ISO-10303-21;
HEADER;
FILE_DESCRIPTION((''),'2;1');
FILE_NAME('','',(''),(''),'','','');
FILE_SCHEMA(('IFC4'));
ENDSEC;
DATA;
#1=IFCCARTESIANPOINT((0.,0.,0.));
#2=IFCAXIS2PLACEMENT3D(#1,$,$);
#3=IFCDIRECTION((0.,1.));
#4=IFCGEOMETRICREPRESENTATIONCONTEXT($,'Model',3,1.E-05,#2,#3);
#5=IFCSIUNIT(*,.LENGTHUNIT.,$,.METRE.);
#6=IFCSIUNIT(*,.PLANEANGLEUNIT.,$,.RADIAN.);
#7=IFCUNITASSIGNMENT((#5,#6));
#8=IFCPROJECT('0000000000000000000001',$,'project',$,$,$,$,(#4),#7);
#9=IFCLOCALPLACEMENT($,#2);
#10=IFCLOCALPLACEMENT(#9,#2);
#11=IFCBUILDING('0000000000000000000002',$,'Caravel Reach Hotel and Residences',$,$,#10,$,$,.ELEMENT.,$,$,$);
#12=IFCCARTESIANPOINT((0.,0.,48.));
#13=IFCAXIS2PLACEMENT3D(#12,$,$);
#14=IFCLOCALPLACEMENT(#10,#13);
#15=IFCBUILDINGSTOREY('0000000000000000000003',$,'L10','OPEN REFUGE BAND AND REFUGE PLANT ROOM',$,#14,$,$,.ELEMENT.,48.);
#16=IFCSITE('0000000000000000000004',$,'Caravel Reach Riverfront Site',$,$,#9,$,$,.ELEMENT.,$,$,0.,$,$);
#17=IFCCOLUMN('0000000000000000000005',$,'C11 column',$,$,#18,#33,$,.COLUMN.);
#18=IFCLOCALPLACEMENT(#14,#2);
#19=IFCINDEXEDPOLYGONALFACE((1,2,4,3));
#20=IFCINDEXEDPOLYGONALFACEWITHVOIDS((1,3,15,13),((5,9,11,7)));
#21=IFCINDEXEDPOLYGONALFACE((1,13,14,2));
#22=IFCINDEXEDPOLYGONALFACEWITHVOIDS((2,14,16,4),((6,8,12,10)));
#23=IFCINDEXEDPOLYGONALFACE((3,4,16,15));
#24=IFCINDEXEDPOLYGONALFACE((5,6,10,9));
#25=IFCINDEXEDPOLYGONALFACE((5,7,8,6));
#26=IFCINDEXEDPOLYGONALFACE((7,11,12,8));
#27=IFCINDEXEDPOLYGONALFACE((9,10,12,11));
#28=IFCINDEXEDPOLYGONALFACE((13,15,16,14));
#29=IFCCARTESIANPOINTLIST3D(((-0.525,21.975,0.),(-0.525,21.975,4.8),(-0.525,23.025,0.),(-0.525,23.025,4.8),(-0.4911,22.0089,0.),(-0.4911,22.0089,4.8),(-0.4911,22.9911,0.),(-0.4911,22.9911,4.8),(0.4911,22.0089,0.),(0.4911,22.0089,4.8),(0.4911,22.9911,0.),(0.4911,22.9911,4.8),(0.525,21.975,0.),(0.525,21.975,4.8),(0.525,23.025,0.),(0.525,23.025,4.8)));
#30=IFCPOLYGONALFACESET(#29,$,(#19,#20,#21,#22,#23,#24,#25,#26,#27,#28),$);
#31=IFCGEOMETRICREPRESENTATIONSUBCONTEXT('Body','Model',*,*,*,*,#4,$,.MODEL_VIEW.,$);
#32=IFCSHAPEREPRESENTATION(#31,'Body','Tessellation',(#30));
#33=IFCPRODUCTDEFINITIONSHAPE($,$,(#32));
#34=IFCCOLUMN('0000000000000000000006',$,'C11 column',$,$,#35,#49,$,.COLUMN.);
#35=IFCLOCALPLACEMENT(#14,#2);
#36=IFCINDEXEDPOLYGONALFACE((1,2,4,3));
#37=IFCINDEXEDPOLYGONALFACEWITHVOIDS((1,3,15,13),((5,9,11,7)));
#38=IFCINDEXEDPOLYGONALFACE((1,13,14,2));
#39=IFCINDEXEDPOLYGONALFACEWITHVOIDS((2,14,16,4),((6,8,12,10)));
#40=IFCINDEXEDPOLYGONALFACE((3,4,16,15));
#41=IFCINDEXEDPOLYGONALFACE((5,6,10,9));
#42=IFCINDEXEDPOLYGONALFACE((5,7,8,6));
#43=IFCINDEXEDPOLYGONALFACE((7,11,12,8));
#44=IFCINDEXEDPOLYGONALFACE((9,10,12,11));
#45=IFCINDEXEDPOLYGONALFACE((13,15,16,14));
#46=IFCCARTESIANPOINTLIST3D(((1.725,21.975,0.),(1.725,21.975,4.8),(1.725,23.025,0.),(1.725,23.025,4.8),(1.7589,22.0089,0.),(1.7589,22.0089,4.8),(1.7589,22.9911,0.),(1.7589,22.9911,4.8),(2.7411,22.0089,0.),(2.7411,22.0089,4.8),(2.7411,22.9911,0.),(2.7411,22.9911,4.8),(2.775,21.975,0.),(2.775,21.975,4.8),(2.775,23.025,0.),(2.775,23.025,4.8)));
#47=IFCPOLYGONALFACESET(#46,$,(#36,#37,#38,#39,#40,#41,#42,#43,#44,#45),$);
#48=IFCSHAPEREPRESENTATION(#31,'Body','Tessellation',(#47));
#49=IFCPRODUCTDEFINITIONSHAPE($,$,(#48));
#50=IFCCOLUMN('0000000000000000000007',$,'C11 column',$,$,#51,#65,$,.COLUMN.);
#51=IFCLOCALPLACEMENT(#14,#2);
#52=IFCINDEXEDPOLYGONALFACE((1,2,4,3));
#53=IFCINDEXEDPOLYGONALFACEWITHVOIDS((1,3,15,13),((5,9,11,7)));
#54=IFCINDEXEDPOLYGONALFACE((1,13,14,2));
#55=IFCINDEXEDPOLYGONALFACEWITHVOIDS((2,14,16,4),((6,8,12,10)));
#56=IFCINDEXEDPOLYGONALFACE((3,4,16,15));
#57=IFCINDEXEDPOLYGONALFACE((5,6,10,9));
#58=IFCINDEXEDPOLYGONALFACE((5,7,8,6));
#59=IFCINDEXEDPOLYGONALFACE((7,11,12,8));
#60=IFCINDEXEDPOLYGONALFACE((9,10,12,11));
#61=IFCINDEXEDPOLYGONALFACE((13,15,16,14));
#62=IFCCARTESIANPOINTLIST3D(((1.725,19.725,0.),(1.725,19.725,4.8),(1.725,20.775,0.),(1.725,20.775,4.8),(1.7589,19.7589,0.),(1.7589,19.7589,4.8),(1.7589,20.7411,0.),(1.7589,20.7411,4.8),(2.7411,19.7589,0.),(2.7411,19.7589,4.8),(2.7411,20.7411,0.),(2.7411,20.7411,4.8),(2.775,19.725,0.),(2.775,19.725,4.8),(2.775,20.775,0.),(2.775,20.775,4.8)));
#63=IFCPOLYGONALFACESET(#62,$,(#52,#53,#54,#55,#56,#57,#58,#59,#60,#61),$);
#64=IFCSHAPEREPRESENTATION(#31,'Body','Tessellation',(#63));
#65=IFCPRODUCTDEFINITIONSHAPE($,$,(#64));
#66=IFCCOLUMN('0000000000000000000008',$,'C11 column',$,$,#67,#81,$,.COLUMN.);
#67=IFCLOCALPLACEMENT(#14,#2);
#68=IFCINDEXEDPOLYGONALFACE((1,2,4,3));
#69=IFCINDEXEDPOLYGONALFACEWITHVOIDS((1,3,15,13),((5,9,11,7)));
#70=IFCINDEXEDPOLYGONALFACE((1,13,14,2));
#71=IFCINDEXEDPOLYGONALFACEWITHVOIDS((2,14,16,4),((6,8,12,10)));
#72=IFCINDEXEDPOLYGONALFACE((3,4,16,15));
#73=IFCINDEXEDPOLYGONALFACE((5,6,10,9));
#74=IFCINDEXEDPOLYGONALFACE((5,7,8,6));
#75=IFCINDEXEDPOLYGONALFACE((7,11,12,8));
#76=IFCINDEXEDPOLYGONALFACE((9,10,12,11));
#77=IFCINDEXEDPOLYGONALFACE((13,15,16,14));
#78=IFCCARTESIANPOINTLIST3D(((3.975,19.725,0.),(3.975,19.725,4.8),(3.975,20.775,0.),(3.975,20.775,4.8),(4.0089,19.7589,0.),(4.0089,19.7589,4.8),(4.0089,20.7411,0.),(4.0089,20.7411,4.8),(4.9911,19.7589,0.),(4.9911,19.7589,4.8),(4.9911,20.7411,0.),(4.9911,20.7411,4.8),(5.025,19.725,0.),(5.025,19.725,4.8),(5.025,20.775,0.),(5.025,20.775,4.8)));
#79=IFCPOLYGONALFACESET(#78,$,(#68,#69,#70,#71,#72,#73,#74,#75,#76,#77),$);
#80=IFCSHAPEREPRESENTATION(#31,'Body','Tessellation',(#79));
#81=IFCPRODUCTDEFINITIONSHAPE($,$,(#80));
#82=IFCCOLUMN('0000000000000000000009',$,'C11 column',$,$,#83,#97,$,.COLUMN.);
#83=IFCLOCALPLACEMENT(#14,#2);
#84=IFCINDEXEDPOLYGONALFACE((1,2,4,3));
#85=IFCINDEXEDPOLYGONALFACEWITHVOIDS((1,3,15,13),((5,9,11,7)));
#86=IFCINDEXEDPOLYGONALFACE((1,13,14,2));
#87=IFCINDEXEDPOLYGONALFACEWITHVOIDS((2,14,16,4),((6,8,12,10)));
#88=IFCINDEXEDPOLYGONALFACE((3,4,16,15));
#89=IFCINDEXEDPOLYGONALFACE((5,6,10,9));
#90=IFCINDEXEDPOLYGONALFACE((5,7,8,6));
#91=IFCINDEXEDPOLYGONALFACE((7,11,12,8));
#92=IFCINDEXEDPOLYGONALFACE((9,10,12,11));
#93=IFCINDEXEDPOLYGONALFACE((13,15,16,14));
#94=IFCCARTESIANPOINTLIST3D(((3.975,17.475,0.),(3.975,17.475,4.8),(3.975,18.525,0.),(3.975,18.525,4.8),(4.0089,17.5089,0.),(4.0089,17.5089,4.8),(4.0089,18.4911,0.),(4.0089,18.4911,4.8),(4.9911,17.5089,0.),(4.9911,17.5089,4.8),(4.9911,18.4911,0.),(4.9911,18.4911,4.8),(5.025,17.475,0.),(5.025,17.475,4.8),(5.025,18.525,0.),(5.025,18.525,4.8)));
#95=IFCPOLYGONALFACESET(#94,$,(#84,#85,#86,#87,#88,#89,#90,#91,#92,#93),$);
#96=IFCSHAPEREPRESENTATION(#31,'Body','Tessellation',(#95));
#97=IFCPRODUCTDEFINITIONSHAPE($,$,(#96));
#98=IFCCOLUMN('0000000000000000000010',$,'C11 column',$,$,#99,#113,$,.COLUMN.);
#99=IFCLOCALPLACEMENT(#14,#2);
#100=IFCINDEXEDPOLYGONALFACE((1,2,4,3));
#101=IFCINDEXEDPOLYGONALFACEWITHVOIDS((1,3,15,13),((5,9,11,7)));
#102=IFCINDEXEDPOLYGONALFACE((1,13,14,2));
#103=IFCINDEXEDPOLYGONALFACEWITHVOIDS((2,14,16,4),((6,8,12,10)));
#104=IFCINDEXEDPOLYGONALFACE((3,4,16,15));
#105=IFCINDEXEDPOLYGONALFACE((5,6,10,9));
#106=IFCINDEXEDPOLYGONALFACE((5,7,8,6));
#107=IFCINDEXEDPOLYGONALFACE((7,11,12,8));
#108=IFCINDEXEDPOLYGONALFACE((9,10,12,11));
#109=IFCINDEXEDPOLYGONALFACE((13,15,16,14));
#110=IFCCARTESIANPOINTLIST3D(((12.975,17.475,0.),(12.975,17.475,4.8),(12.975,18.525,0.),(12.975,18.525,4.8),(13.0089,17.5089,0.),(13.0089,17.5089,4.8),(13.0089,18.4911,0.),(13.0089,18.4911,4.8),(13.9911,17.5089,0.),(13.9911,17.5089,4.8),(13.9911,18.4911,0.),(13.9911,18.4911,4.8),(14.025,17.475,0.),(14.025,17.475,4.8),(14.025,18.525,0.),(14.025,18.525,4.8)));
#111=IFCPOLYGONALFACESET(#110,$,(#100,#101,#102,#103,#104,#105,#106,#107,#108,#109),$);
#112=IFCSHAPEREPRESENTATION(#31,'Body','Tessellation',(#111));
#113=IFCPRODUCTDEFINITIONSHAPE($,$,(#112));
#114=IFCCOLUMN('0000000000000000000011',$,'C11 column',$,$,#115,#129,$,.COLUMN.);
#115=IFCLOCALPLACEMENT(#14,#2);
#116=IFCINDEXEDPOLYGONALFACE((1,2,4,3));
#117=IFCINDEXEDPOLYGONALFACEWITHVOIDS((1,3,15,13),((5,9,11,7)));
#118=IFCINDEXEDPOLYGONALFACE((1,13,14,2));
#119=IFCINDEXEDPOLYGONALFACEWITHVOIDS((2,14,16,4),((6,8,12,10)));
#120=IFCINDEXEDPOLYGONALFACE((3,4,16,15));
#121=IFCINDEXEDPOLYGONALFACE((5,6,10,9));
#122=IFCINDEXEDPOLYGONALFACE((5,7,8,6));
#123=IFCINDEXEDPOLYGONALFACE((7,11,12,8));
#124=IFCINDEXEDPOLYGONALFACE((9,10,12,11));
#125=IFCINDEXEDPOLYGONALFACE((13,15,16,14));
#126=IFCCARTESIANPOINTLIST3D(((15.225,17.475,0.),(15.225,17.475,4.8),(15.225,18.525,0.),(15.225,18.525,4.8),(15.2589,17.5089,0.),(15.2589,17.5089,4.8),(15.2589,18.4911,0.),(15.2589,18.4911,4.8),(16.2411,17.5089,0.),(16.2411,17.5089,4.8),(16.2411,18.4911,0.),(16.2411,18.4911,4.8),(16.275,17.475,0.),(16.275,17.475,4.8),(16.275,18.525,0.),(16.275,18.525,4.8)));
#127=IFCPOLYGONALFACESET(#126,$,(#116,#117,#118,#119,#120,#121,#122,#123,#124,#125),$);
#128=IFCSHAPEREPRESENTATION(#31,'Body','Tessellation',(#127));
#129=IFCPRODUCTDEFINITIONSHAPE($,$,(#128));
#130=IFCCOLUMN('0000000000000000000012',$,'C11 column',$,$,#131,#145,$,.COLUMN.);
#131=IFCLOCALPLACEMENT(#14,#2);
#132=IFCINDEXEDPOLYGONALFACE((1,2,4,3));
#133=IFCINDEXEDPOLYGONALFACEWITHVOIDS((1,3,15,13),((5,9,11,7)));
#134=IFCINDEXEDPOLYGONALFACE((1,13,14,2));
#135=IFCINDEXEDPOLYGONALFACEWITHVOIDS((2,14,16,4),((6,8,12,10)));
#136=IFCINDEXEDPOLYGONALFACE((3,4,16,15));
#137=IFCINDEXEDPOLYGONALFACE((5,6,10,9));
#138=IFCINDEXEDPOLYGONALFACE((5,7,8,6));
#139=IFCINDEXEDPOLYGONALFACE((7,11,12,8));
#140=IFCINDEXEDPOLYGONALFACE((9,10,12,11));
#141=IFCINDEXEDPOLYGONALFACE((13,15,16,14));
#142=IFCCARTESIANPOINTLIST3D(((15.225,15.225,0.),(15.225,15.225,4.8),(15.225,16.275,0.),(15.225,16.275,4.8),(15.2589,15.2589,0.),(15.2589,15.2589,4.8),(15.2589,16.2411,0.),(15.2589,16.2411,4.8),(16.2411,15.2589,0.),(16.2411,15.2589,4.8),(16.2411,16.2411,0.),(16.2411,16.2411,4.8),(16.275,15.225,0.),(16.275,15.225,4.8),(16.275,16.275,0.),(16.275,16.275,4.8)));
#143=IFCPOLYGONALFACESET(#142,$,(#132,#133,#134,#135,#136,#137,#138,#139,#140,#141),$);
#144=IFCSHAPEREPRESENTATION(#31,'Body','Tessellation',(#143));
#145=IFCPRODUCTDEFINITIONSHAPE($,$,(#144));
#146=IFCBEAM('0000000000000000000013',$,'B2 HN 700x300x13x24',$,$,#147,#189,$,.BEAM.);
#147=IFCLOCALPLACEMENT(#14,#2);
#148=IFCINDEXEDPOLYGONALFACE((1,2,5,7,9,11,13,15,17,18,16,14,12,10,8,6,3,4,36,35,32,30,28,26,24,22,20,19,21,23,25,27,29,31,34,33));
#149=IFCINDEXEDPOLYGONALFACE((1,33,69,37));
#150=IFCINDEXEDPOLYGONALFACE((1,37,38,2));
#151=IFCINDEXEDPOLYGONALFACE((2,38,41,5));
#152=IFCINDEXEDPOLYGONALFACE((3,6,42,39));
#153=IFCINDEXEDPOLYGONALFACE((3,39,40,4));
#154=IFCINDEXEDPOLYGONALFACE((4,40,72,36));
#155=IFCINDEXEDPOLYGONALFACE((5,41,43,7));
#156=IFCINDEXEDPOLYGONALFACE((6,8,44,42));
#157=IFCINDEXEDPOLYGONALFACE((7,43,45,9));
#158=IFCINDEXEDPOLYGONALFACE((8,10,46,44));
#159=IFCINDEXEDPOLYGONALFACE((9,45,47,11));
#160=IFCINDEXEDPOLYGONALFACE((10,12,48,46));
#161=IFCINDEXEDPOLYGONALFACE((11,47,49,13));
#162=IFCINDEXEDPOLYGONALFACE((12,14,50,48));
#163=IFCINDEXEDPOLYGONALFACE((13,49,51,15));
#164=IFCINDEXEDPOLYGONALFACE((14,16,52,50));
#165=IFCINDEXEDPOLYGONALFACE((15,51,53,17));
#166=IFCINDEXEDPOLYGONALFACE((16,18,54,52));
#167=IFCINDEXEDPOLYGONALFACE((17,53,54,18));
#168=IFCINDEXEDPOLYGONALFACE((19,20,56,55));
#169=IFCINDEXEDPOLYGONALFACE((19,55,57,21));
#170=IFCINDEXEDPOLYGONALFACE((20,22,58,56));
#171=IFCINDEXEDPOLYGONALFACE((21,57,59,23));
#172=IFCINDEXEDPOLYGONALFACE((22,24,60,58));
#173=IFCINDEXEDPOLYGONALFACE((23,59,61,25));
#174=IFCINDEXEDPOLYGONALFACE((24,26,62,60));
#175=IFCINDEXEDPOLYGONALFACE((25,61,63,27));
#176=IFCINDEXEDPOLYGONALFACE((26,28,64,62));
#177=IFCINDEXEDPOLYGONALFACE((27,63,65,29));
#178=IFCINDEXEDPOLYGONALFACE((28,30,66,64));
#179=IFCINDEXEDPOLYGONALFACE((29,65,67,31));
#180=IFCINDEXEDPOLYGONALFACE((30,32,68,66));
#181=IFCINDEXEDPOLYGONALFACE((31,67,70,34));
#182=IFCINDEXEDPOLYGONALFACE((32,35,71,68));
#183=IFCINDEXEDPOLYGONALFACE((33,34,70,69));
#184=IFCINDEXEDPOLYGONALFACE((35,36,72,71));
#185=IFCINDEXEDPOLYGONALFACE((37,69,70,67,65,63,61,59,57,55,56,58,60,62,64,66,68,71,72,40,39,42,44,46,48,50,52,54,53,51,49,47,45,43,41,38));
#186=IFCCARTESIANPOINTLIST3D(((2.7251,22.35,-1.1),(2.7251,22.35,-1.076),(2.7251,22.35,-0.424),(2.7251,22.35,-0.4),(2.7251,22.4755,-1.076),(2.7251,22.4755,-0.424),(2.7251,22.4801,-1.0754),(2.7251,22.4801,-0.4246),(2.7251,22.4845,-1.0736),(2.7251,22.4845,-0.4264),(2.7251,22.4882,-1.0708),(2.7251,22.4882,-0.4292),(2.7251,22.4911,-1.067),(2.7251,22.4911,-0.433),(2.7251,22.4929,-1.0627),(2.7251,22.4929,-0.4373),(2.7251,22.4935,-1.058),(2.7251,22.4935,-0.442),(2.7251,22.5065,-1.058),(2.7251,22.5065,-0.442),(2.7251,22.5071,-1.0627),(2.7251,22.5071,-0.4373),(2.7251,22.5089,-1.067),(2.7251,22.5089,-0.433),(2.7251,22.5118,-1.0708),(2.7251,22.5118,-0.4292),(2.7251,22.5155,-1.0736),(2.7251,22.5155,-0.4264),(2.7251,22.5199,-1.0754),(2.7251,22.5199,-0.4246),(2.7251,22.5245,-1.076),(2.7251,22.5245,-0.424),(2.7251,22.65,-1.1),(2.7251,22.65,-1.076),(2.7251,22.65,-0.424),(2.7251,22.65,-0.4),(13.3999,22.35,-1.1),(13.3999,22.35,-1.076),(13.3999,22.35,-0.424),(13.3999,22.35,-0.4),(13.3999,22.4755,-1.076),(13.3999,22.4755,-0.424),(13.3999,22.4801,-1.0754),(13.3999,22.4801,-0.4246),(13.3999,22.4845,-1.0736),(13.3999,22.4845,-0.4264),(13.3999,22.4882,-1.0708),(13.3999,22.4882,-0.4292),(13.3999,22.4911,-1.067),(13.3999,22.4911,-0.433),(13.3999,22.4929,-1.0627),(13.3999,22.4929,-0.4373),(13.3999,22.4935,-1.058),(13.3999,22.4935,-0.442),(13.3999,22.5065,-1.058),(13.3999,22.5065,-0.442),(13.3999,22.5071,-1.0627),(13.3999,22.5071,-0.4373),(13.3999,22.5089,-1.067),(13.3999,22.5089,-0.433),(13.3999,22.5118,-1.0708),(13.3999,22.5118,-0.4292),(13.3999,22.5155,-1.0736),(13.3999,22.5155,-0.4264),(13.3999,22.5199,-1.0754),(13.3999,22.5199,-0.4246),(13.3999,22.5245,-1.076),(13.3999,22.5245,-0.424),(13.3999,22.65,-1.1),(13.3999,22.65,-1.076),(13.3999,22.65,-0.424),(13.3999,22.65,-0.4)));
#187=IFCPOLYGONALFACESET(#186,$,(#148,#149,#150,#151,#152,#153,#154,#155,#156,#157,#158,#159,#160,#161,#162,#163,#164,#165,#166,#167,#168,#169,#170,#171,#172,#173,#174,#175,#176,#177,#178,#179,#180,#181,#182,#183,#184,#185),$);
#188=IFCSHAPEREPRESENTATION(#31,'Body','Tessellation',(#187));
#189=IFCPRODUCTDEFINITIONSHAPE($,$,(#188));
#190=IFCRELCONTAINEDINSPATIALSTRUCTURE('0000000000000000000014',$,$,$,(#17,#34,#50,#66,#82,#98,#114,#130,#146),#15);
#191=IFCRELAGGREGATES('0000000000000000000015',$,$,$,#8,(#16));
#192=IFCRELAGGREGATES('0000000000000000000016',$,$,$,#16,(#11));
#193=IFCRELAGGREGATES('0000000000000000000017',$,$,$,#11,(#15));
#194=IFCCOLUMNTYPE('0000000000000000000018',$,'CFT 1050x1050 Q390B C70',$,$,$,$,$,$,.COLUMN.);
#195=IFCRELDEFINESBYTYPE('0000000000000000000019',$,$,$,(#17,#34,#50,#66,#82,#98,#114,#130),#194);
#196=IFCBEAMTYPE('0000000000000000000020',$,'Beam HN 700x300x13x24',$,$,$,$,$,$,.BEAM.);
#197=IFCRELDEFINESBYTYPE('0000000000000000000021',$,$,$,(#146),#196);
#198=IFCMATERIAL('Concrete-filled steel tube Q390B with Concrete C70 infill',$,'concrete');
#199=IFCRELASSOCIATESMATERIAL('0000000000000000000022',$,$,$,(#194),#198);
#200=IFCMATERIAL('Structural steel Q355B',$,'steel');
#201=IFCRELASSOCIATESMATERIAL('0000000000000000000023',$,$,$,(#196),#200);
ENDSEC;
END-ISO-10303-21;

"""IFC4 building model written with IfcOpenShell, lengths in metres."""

from ifc_helpers import new_model, si_unit, direction, frame, origin, origin_2d, place, context, subcontext, project, spatial, hollow_rectangle, i_section, extrude, material, material_profile, profile_set, type_object, element, save


model = new_model("IFC4")

# Units and contexts
model_context = context("Model", 3, precision=1e-05, world=origin(), true_north=direction((0.0, 1.0)))
body_context = subcontext(model_context, "Body", "Model", "MODEL_VIEW")
ifc_project = project(units=[si_unit("LENGTHUNIT", "METRE"), si_unit("PLANEANGLEUNIT", "RADIAN")], contexts=[model_context])

# Site, building, storey
site_placement = place(None, origin())
site = spatial("IfcSite", under=ifc_project, at=site_placement, Name="Caravel Reach Riverfront Site", CompositionType="ELEMENT", RefElevation=0.0)
building_placement = place(site_placement, origin())
building = spatial("IfcBuilding", under=site, at=building_placement, Name="Caravel Reach Hotel and Residences", CompositionType="ELEMENT")
storey_placement = place(building_placement, frame((0.0, 0.0, 48.0)))
storey = spatial("IfcBuildingStorey", under=building, at=storey_placement, Name="L10", Description="OPEN REFUGE BAND AND REFUGE PLANT ROOM", CompositionType="ELEMENT", Elevation=48.0)

# Columns
ifc_material_1 = material(Name="Concrete-filled steel tube Q390B with Concrete C70 infill", Category="concrete")
ifc_material_profile_1 = material_profile(ifc_material_1, hollow_rectangle(XDim=1.05, YDim=1.05, WallThickness=0.0339, at=origin_2d()), Name="RHS 1050x1050x34")
ifc_profile_set_1 = profile_set([ifc_material_profile_1], Name="Concrete-filled steel tube Q390B with Concrete C70 infill")
column_type = type_object("IfcColumnType", Name="CFT 1050x1050 Q390B C70", PredefinedType="COLUMN", material=ifc_profile_set_1)
for number, where, z_axis, x_axis, name in (
    (1, (0.0, 22.5, 0.0), (0.0, 0.0, 1.0), (1.0, 0.0, 0.0), "C11 column"),
    (2, (2.25, 22.5, 0.0), (0.0, 0.0, 1.0), (1.0, 0.0, 0.0), "C11 column"),
    (3, (2.25, 20.25, 0.0), (0.0, 0.0, 1.0), (1.0, 0.0, 0.0), "C11 column"),
    (4, (4.5, 20.25, 0.0), (0.0, 0.0, 1.0), (1.0, 0.0, 0.0), "C11 column"),
    (5, (4.5, 18.0, 0.0), (0.0, 0.0, 1.0), (1.0, 0.0, 0.0), "C11 column"),
    (6, (13.5, 18.0, 0.0), (0.0, 0.0, 1.0), (1.0, 0.0, 0.0), "C11 column"),
    (7, (15.75, 18.0, 0.0), (0.0, 0.0, 1.0), (1.0, 0.0, 0.0), "C11 column"),
    (8, (15.75, 15.75, 0.0), (0.0, 0.0, 1.0), (1.0, 0.0, 0.0), "C11 column"),
):
    element("IfcColumn", number, at=place(storey_placement, frame(where, z_axis=z_axis, x_axis=x_axis)), inside=storey, type_object=column_type, Name=name, PredefinedType="COLUMN", context=body_context, shape_type="SweptSolid", body=[
        extrude(hollow_rectangle(XDim=1.05, YDim=1.05, WallThickness=0.0339, at=origin_2d()), origin(), (0.0, 0.0, 1.0), 4.8),
    ])

# Beam
ifc_material_2 = material(Name="Structural steel Q355B", Category="steel")
ifc_material_profile_2 = material_profile(ifc_material_2, i_section(OverallWidth=0.3, OverallDepth=0.7, WebThickness=0.0129, FlangeThickness=0.0239, FilletRadius=0.0181, at=origin_2d()), Name="HN 700x300x13x24")
ifc_profile_set_2 = profile_set([ifc_material_profile_2], Name="Structural steel Q355B")
beam_type_1 = type_object("IfcBeamType", Name="Beam HN 700x300x13x24", PredefinedType="BEAM", material=ifc_profile_set_2)
beam_1_placement = place(storey_placement, frame((13.3999, 22.5, -0.75), z_axis=(-1.0, 0.0, 0.0), x_axis=(0.0, -1.0, 0.0)))
element("IfcBeam", 9, at=beam_1_placement, inside=storey, type_object=beam_type_1, Name="B2 HN 700x300x13x24", PredefinedType="BEAM", context=body_context, shape_type="SweptSolid", body=[
    extrude(i_section(OverallWidth=0.3, OverallDepth=0.7, WebThickness=0.0129, FlangeThickness=0.0239, FilletRadius=0.0181, at=origin_2d()), origin(), (0.0, 0.0, 1.0), 10.6748),
])

save(model, "model.ifc")
